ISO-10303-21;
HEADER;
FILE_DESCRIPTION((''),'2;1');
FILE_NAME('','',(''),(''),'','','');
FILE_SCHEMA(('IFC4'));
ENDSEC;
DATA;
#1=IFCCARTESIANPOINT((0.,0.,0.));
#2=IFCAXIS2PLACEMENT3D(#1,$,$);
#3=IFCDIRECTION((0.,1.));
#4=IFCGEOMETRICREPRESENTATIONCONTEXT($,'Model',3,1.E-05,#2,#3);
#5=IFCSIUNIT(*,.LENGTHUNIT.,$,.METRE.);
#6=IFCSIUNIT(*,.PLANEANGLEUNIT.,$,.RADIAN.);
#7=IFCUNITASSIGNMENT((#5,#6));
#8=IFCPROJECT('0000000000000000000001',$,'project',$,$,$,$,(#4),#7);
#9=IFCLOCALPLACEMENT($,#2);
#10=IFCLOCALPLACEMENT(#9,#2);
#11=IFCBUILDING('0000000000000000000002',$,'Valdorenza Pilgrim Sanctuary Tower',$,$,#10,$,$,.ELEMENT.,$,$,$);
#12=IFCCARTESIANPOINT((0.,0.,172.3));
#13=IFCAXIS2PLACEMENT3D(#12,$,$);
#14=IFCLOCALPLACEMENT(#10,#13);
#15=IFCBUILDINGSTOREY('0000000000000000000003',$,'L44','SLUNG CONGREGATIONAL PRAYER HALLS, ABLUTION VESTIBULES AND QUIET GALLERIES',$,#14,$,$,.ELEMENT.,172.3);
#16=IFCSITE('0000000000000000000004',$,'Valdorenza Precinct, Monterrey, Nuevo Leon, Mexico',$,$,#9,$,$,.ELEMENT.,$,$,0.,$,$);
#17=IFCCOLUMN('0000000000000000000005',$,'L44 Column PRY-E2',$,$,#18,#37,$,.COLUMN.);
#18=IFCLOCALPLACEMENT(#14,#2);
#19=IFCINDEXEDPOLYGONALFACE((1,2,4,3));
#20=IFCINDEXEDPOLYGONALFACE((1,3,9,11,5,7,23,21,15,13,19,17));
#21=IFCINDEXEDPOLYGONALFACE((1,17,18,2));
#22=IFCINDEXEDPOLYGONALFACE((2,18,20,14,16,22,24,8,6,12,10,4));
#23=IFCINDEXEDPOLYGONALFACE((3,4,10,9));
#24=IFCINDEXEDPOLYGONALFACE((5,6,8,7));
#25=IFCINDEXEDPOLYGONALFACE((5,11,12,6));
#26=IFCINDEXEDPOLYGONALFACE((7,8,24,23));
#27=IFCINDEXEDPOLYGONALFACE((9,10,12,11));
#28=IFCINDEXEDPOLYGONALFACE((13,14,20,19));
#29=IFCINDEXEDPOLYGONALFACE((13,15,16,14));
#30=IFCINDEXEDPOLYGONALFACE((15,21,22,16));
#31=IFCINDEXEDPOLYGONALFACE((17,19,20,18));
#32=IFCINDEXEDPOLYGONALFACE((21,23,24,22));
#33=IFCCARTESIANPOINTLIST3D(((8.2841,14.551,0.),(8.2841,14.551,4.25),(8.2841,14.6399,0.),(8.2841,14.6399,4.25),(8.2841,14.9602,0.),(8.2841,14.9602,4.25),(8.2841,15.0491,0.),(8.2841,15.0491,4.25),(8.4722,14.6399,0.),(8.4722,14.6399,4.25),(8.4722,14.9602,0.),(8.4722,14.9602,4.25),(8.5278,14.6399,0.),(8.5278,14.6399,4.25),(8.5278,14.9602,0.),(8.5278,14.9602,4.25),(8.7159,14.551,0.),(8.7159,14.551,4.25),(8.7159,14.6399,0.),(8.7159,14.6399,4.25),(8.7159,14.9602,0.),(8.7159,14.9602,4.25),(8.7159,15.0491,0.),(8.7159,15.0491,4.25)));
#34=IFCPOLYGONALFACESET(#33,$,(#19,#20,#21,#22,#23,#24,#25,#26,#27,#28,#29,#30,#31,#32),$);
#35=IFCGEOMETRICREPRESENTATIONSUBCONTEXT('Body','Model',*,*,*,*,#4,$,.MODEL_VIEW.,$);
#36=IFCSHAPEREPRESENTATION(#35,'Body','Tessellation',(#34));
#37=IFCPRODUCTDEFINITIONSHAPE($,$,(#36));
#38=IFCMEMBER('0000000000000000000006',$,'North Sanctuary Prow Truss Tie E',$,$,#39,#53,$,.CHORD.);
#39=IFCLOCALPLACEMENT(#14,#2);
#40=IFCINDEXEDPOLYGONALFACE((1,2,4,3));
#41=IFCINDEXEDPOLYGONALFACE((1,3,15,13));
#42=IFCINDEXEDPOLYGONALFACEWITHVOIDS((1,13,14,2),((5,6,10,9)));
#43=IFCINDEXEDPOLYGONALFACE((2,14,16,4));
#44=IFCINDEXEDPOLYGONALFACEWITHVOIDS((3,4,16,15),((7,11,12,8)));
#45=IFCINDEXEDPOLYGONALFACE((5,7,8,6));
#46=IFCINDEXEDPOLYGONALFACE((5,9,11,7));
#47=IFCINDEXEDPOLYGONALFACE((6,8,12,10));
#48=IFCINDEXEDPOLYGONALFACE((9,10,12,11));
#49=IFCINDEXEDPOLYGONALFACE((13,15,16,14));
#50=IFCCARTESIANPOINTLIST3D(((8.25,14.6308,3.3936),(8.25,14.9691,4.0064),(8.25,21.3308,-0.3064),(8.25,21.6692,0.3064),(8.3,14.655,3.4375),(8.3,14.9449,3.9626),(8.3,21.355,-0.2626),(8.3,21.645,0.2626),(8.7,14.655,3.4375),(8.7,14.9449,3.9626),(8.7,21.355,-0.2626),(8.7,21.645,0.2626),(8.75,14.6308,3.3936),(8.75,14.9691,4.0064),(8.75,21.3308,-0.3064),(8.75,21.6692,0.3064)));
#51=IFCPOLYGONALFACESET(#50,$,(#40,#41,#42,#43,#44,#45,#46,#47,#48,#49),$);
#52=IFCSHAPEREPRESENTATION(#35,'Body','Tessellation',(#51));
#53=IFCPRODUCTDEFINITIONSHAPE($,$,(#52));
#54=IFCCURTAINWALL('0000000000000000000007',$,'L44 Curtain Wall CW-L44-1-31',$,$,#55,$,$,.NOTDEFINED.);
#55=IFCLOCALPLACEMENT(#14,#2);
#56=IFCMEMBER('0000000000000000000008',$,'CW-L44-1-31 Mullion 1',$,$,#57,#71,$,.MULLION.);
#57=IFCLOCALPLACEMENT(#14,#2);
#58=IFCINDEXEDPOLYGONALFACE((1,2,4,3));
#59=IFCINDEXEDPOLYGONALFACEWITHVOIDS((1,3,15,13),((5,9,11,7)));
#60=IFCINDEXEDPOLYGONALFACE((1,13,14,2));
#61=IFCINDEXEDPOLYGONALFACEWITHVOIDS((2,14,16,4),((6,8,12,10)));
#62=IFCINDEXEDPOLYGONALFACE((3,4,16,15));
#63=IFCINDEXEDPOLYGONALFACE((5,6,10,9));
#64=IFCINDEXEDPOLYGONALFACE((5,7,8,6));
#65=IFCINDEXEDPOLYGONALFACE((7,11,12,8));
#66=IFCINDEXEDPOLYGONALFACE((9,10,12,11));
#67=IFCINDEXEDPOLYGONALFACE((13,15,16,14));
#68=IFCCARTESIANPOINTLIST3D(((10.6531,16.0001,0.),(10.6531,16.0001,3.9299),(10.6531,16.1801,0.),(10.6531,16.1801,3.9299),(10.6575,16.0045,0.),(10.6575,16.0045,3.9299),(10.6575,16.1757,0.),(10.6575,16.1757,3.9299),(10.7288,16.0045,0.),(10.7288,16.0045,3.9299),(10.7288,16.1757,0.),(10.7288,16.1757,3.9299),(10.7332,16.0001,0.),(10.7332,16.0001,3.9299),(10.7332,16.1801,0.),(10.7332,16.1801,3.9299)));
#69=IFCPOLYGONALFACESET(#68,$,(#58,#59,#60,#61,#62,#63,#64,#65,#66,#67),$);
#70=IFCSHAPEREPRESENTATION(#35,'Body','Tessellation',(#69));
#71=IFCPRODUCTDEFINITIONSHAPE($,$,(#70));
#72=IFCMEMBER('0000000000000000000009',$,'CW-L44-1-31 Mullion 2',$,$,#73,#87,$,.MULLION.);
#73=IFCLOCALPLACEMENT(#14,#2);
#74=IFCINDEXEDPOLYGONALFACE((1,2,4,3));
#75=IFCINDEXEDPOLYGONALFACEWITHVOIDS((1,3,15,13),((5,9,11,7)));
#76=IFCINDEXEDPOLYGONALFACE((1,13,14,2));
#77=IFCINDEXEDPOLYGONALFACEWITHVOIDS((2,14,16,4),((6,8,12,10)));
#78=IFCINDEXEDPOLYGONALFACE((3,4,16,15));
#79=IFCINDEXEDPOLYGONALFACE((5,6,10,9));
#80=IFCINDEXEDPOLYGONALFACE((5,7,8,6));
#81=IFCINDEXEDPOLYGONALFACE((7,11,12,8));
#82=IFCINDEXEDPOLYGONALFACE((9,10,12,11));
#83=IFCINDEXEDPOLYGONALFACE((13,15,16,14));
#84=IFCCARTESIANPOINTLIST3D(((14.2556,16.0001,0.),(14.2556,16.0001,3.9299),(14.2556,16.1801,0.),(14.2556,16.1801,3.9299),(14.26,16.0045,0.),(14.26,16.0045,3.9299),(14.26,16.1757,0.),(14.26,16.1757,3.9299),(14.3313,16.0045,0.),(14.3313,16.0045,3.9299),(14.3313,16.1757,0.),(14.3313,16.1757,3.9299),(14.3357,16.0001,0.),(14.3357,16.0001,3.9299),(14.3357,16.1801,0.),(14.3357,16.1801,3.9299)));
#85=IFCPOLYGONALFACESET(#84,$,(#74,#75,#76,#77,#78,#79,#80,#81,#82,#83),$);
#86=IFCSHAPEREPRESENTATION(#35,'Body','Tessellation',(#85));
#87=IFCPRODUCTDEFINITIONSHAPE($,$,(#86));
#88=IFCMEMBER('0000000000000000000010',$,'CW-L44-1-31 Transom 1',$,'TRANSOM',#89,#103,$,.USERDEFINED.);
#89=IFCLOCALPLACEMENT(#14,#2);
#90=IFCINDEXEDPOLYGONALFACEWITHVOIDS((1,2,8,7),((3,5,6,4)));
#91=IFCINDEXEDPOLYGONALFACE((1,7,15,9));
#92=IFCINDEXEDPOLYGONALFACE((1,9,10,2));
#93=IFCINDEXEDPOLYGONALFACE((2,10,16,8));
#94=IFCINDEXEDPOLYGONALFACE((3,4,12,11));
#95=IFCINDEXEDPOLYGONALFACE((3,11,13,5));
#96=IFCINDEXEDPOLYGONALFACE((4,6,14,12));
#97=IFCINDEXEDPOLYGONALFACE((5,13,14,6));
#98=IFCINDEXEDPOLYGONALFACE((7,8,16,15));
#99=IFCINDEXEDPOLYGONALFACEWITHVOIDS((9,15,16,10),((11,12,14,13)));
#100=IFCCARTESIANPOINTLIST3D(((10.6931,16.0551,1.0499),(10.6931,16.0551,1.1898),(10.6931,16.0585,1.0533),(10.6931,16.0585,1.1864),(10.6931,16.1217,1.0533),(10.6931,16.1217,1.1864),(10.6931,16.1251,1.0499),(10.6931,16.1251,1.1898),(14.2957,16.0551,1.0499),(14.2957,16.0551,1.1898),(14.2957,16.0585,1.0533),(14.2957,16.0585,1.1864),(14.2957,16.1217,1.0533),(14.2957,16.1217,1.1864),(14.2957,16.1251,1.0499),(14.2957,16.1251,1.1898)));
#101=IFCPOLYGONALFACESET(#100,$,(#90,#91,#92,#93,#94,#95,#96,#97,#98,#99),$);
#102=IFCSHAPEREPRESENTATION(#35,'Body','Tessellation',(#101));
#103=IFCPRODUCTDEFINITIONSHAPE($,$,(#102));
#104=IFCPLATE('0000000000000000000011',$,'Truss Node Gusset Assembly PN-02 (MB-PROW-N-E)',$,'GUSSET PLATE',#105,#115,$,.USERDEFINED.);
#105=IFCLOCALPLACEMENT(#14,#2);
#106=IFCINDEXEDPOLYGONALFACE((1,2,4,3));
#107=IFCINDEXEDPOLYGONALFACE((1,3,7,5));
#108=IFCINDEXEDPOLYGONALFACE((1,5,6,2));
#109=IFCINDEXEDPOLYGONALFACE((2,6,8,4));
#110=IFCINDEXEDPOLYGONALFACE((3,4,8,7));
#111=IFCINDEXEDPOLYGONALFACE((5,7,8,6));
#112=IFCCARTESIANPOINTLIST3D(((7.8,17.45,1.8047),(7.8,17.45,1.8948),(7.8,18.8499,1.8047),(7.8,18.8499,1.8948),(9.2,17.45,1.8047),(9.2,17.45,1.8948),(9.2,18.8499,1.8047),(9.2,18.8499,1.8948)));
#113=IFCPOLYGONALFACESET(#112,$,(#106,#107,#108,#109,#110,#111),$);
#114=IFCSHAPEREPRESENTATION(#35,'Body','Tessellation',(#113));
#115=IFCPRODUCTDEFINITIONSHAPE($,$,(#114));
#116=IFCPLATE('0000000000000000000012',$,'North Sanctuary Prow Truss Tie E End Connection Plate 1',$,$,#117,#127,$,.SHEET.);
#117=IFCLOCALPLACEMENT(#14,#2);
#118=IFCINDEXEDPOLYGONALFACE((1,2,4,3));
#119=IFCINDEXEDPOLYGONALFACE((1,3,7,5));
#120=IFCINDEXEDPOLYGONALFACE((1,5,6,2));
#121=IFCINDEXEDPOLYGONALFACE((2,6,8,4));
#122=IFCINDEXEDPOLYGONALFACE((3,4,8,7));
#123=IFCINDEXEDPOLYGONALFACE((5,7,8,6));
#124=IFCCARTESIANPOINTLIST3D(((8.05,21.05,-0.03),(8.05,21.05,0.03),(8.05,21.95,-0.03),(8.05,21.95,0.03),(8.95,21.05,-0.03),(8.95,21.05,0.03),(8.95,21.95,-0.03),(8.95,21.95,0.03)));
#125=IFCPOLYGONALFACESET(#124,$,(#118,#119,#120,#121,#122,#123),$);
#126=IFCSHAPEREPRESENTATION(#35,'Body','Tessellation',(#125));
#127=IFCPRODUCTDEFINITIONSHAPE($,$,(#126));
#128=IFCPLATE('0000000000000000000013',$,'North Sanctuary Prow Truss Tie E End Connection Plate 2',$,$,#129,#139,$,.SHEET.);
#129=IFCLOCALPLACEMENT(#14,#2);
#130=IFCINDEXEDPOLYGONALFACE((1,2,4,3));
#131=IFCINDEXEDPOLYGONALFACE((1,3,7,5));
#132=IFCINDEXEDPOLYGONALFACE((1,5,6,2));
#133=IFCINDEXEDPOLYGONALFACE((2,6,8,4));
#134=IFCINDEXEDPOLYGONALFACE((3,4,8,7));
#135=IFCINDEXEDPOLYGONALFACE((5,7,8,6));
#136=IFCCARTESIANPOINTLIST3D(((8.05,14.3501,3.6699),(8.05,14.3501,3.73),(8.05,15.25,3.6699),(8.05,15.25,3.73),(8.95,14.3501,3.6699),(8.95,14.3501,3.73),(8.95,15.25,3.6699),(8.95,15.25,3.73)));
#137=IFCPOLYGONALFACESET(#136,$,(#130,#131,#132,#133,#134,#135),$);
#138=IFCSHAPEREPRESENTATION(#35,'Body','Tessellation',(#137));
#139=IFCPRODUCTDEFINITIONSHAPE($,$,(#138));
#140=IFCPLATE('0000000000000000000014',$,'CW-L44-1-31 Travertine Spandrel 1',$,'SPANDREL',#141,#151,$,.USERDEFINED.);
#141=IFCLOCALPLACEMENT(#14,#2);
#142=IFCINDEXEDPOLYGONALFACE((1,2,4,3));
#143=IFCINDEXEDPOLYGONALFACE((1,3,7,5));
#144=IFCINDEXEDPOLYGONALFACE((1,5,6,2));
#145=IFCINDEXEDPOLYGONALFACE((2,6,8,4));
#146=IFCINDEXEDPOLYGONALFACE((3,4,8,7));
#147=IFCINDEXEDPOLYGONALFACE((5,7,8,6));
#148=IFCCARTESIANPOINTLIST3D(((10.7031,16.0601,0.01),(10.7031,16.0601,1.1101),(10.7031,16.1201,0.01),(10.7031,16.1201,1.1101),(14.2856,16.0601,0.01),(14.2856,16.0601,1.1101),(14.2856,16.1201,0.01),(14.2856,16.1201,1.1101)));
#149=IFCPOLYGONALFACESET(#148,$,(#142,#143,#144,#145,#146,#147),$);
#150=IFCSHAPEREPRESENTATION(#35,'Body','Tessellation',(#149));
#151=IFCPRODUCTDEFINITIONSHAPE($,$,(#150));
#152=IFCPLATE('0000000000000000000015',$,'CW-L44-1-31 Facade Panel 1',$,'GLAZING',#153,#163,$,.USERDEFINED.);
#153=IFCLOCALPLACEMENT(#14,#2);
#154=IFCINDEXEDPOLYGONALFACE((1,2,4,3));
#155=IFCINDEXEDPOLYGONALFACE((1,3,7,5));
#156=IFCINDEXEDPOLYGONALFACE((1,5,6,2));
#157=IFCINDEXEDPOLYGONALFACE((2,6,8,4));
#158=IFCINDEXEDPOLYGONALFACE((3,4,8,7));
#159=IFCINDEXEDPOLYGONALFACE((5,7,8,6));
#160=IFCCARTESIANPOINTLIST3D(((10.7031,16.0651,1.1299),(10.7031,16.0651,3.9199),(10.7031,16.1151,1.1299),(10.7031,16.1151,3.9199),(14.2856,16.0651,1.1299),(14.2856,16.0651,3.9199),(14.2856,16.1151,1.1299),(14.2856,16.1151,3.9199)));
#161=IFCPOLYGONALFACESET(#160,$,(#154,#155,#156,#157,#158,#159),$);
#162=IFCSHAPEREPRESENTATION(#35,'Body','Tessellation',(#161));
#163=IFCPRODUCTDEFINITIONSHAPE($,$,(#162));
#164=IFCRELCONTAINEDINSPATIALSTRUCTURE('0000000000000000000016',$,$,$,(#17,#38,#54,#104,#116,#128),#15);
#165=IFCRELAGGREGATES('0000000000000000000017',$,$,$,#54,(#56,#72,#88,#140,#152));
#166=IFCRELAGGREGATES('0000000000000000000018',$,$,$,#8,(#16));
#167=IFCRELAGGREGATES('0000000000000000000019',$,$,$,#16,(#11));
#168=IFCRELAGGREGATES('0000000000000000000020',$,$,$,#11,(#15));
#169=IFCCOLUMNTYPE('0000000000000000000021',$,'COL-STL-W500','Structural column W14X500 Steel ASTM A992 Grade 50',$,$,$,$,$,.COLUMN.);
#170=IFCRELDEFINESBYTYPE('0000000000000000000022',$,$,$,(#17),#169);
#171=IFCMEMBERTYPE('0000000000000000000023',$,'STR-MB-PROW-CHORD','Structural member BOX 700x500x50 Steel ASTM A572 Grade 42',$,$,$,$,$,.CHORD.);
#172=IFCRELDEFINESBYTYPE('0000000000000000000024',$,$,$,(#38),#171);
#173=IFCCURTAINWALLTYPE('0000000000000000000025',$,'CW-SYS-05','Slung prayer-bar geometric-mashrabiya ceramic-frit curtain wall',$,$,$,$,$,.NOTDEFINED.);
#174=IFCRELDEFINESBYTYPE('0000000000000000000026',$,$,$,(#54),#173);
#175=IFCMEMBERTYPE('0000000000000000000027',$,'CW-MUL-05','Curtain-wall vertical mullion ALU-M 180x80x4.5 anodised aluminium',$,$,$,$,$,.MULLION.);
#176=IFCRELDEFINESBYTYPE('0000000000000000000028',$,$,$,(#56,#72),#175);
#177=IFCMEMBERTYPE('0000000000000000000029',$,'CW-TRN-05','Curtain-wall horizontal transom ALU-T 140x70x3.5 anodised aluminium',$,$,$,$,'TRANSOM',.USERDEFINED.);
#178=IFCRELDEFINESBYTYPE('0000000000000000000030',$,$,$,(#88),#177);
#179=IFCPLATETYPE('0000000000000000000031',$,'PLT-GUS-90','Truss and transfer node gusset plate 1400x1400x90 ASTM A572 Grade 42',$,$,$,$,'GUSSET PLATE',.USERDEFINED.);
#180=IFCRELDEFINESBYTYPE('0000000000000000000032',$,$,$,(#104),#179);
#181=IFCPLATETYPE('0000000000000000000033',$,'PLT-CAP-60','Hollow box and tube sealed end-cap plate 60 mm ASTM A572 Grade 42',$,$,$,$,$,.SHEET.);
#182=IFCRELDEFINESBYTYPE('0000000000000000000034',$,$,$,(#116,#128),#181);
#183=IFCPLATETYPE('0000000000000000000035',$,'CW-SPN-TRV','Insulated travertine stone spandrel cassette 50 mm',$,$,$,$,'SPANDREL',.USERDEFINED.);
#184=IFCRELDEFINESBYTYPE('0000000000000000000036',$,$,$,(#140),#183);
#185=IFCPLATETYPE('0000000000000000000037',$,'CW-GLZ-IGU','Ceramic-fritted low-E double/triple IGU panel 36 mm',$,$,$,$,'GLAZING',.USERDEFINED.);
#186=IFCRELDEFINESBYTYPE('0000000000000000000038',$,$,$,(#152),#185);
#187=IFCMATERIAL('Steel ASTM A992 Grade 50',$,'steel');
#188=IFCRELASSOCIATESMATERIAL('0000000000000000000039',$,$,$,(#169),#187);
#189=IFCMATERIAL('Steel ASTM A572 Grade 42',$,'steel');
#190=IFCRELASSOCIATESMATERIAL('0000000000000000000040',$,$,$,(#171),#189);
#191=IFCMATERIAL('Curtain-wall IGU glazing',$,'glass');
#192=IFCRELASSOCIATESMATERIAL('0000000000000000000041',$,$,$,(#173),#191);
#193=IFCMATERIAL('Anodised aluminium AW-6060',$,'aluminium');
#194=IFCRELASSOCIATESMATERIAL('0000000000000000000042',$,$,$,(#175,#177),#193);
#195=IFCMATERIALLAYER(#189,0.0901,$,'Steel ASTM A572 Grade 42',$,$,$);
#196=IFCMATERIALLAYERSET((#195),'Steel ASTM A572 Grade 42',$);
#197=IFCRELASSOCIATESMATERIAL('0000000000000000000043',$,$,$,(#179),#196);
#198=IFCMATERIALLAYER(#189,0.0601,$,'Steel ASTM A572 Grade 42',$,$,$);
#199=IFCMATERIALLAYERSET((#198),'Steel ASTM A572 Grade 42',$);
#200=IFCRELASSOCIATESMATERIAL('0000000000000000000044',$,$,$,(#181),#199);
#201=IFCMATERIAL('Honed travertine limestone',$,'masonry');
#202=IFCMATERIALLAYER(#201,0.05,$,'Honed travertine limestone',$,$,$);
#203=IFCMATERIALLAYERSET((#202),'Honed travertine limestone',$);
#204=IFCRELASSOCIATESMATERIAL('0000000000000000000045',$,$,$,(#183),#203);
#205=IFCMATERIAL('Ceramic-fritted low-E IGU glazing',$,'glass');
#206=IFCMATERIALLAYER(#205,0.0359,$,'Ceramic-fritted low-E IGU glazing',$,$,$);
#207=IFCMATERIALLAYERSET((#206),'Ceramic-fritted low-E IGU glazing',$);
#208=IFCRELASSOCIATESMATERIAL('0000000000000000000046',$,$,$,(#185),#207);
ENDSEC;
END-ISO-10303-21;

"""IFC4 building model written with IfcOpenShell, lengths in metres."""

from ifc_helpers import new_model, si_unit, direction, frame, origin, origin_2d, place, context, subcontext, project, spatial, rectangle, hollow_rectangle, i_section, extrude, source, transform, mapped, material, layer, layer_set, material_profile, profile_set, type_object, element, aggregate, save


model = new_model("IFC4")

# Units and contexts
model_context = context("Model", 3, precision=1e-05, world=origin(), true_north=direction((0.0, 1.0)))
body_context = subcontext(model_context, "Body", "Model", "MODEL_VIEW")
ifc_project = project(units=[si_unit("LENGTHUNIT", "METRE"), si_unit("PLANEANGLEUNIT", "RADIAN")], contexts=[model_context])

# Site, building, storey
site_placement = place(None, origin())
site = spatial("IfcSite", under=ifc_project, at=site_placement, Name="Valdorenza Precinct, Monterrey, Nuevo Leon, Mexico", CompositionType="ELEMENT", RefElevation=0.0)
building_placement = place(site_placement, origin())
building = spatial("IfcBuilding", under=site, at=building_placement, Name="Valdorenza Pilgrim Sanctuary Tower", CompositionType="ELEMENT")
storey_placement = place(building_placement, frame((0.0, 0.0, 172.3)))
storey = spatial("IfcBuildingStorey", under=building, at=storey_placement, Name="L44", Description="SLUNG CONGREGATIONAL PRAYER HALLS, ABLUTION VESTIBULES AND QUIET GALLERIES", CompositionType="ELEMENT", Elevation=172.3)

# Column
ifc_material_1 = material(Name="Steel ASTM A992 Grade 50", Category="steel")
ifc_material_profile_1 = material_profile(ifc_material_1, i_section(OverallWidth=0.4319, OverallDepth=0.498, WebThickness=0.0557, FlangeThickness=0.0889, at=origin_2d()), Name="W14X500")
ifc_profile_set_1 = profile_set([ifc_material_profile_1], Name="Steel ASTM A992 Grade 50")
column_type = type_object("IfcColumnType", Name="COL-STL-W500", Description="Structural column W14X500 Steel ASTM A992 Grade 50", PredefinedType="COLUMN", material=ifc_profile_set_1)
shared_shape_1 = source(origin(), body_context, "Body", "SweptSolid", [
    extrude(i_section(OverallWidth=0.4319, OverallDepth=0.498, WebThickness=0.0557, FlangeThickness=0.0889, at=origin_2d()), origin(), (0.0, 0.0, 1.0), 4.25),
])
column_placement = place(storey_placement, frame((8.5, 14.8, 0.0), z_axis=(0.0, 0.0, 1.0), x_axis=(1.0, 0.0, 0.0)))
element("IfcColumn", 1, at=column_placement, inside=storey, type_object=column_type, Name="L44 Column PRY-E2", PredefinedType="COLUMN", context=body_context, shape_type="MappedRepresentation", body=[
    mapped(shared_shape_1, transform((0.0, 0.0, 0.0), x_axis=(1.0, 0.0, 0.0), y_axis=(0.0, 1.0, 0.0), z_axis=(0.0, 0.0, 1.0), scale=1.0)),
])

# Member
ifc_material_2 = material(Name="Steel ASTM A572 Grade 42", Category="steel")
ifc_material_profile_2 = material_profile(ifc_material_2, hollow_rectangle(XDim=0.5, YDim=0.7, WallThickness=0.05, at=origin_2d()), Name="BOX 700x500x50")
ifc_profile_set_2 = profile_set([ifc_material_profile_2], Name="Steel ASTM A572 Grade 42")
member_type_1 = type_object("IfcMemberType", Name="STR-MB-PROW-CHORD", Description="Structural member BOX 700x500x50 Steel ASTM A572 Grade 42", PredefinedType="CHORD", material=ifc_profile_set_2)
shared_shape_2 = source(origin(), body_context, "Body", "SweptSolid", [
    extrude(hollow_rectangle(XDim=0.5, YDim=0.7, WallThickness=0.05, at=origin_2d()), origin(), (0.0, 0.0, 1.0), 7.6538),
])
member_1_placement = place(storey_placement, frame((8.5, 21.5, 0.0), z_axis=(0.0, -0.875388, 0.483421), x_axis=(1.0, 0.0, 0.0)))
element("IfcMember", 2, at=member_1_placement, inside=storey, type_object=member_type_1, Name="North Sanctuary Prow Truss Tie E", PredefinedType="CHORD", context=body_context, shape_type="MappedRepresentation", body=[
    mapped(shared_shape_2, transform((0.0, 0.0, 0.0), x_axis=(1.0, 0.0, 0.0), y_axis=(0.0, 1.0, 0.0), z_axis=(0.0, 0.0, 1.0), scale=1.0)),
])

# Curtain wall, members
ifc_material_3 = material(Name="Curtain-wall IGU glazing", Category="glass")
curtain_wall_type = type_object("IfcCurtainWallType", Name="CW-SYS-05", Description="Slung prayer-bar geometric-mashrabiya ceramic-frit curtain wall", PredefinedType="NOTDEFINED", material=ifc_material_3)
curtain_wall_placement = place(storey_placement, origin())
curtain_wall = element("IfcCurtainWall", 3, at=curtain_wall_placement, inside=storey, type_object=curtain_wall_type, Name="L44 Curtain Wall CW-L44-1-31", PredefinedType="NOTDEFINED")
ifc_material_4 = material(Name="Anodised aluminium AW-6060", Category="aluminium")
ifc_material_profile_3 = material_profile(ifc_material_4, hollow_rectangle(XDim=0.0801, YDim=0.1799, WallThickness=0.0044, at=origin_2d()), Name="ALU-M 180x80x4.5")
ifc_profile_set_3 = profile_set([ifc_material_profile_3], Name="Anodised aluminium AW-6060")
member_type_2 = type_object("IfcMemberType", Name="CW-MUL-05", Description="Curtain-wall vertical mullion ALU-M 180x80x4.5 anodised aluminium", PredefinedType="MULLION", material=ifc_profile_set_3)
shared_shape_3 = source(origin(), body_context, "Body", "SweptSolid", [
    extrude(hollow_rectangle(XDim=0.0801, YDim=0.1799, WallThickness=0.0044, at=origin_2d()), origin(), (0.0, 0.0, 1.0), 3.9299),
])
member_2_placement = place(storey_placement, frame((10.6931, 16.0901, 0.0), z_axis=(0.0, 0.0, 1.0), x_axis=(1.0, 0.0, 0.0)))
member_2 = element("IfcMember", 4, at=member_2_placement, type_object=member_type_2, Name="CW-L44-1-31 Mullion 1", PredefinedType="MULLION", context=body_context, shape_type="MappedRepresentation", body=[
    mapped(shared_shape_3, transform((0.0, 0.0, 0.0), x_axis=(1.0, 0.0, 0.0), y_axis=(0.0, 1.0, 0.0), z_axis=(0.0, 0.0, 1.0), scale=1.0)),
])
member_3_placement = place(storey_placement, frame((14.2957, 16.0901, 0.0), z_axis=(0.0, 0.0, 1.0), x_axis=(1.0, 0.0, 0.0)))
member_3 = element("IfcMember", 5, at=member_3_placement, type_object=member_type_2, Name="CW-L44-1-31 Mullion 2", PredefinedType="MULLION", context=body_context, shape_type="MappedRepresentation", body=[
    mapped(shared_shape_3, transform((0.0, 0.0, 0.0), x_axis=(1.0, 0.0, 0.0), y_axis=(0.0, 1.0, 0.0), z_axis=(0.0, 0.0, 1.0), scale=1.0)),
])
ifc_material_profile_4 = material_profile(ifc_material_4, hollow_rectangle(XDim=0.0701, YDim=0.1399, WallThickness=0.0034, at=origin_2d()), Name="ALU-T 140x70x3.5")
ifc_profile_set_4 = profile_set([ifc_material_profile_4], Name="Anodised aluminium AW-6060")
member_type_3 = type_object("IfcMemberType", Name="CW-TRN-05", Description="Curtain-wall horizontal transom ALU-T 140x70x3.5 anodised aluminium", ElementType="TRANSOM", PredefinedType="USERDEFINED", material=ifc_profile_set_4)
shared_shape_4 = source(origin(), body_context, "Body", "SweptSolid", [
    extrude(hollow_rectangle(XDim=0.0701, YDim=0.1399, WallThickness=0.0034, at=origin_2d()), origin(), (0.0, 0.0, 1.0), 3.6025),
])
member_4_placement = place(storey_placement, frame((10.6931, 16.0901, 1.1199), z_axis=(1.0, 0.0, 0.0), x_axis=(0.0, 1.0, 0.0)))
member_4 = element("IfcMember", 6, at=member_4_placement, type_object=member_type_3, Name="CW-L44-1-31 Transom 1", ObjectType="TRANSOM", PredefinedType="USERDEFINED", context=body_context, shape_type="MappedRepresentation", body=[
    mapped(shared_shape_4, transform((0.0, 0.0, 0.0), x_axis=(1.0, 0.0, 0.0), y_axis=(0.0, 1.0, 0.0), z_axis=(0.0, 0.0, 1.0), scale=1.0)),
])

# Plates
ifc_layer_1 = layer(ifc_material_2, 0.0901, Name="Steel ASTM A572 Grade 42")
ifc_layer_set_1 = layer_set([ifc_layer_1], Name="Steel ASTM A572 Grade 42")
plate_type_1 = type_object("IfcPlateType", Name="PLT-GUS-90", Description="Truss and transfer node gusset plate 1400x1400x90 ASTM A572 Grade 42", ElementType="GUSSET PLATE", PredefinedType="USERDEFINED", material=ifc_layer_set_1)
shared_shape_5 = source(origin(), body_context, "Body", "SweptSolid", [
    extrude(rectangle(XDim=1.3999, YDim=1.3999, at=origin_2d()), origin(), (0.0, 0.0, 1.0), 0.0901),
])
plate_1_placement = place(storey_placement, frame((8.5, 18.1499, 1.8047), z_axis=(0.0, 0.0, 1.0), x_axis=(1.0, 0.0, 0.0)))
element("IfcPlate", 7, at=plate_1_placement, inside=storey, type_object=plate_type_1, Name="Truss Node Gusset Assembly PN-02 (MB-PROW-N-E)", ObjectType="GUSSET PLATE", PredefinedType="USERDEFINED", context=body_context, shape_type="MappedRepresentation", body=[
    mapped(shared_shape_5, transform((0.0, 0.0, 0.0), x_axis=(1.0, 0.0, 0.0), y_axis=(0.0, 1.0, 0.0), z_axis=(0.0, 0.0, 1.0), scale=1.0)),
])
ifc_layer_2 = layer(ifc_material_2, 0.0601, Name="Steel ASTM A572 Grade 42")
ifc_layer_set_2 = layer_set([ifc_layer_2], Name="Steel ASTM A572 Grade 42")
plate_type_2 = type_object("IfcPlateType", Name="PLT-CAP-60", Description="Hollow box and tube sealed end-cap plate 60 mm ASTM A572 Grade 42", PredefinedType="SHEET", material=ifc_layer_set_2)
shared_shape_6 = source(origin(), body_context, "Body", "SweptSolid", [
    extrude(rectangle(XDim=0.8999, YDim=0.8999, at=origin_2d()), origin(), (0.0, 0.0, 1.0), 0.0601),
])
for number, where, z_axis, x_axis, name in (
    (8, (8.5, 21.5, -0.03), (0.0, 0.0, 1.0), (1.0, 0.0, 0.0), "North Sanctuary Prow Truss Tie E End Connection Plate 1"),
    (9, (8.5, 14.8, 3.6699), (0.0, 0.0, 1.0), (1.0, 0.0, 0.0), "North Sanctuary Prow Truss Tie E End Connection Plate 2"),
):
    element("IfcPlate", number, at=place(storey_placement, frame(where, z_axis=z_axis, x_axis=x_axis)), inside=storey, type_object=plate_type_2, Name=name, PredefinedType="SHEET", context=body_context, shape_type="MappedRepresentation", body=[
        mapped(shared_shape_6, transform((0.0, 0.0, 0.0), x_axis=(1.0, 0.0, 0.0), y_axis=(0.0, 1.0, 0.0), z_axis=(0.0, 0.0, 1.0), scale=1.0)),
    ])

# Plates
ifc_material_5 = material(Name="Honed travertine limestone", Category="masonry")
ifc_layer_3 = layer(ifc_material_5, 0.05, Name="Honed travertine limestone")
ifc_layer_set_3 = layer_set([ifc_layer_3], Name="Honed travertine limestone")
plate_type_3 = type_object("IfcPlateType", Name="CW-SPN-TRV", Description="Insulated travertine stone spandrel cassette 50 mm", ElementType="SPANDREL", PredefinedType="USERDEFINED", material=ifc_layer_set_3)
shared_shape_7 = source(origin(), body_context, "Body", "SweptSolid", [
    extrude(rectangle(XDim=3.5825, YDim=0.0601, at=origin_2d()), origin(), (0.0, 0.0, 1.0), 1.1001),
])
plate_2_placement = place(storey_placement, frame((12.4944, 16.0901, 0.01), z_axis=(0.0, 0.0, 1.0), x_axis=(1.0, 0.0, 0.0)))
plate_2 = element("IfcPlate", 10, at=plate_2_placement, type_object=plate_type_3, Name="CW-L44-1-31 Travertine Spandrel 1", ObjectType="SPANDREL", PredefinedType="USERDEFINED", context=body_context, shape_type="MappedRepresentation", body=[
    mapped(shared_shape_7, transform((0.0, 0.0, 0.0), x_axis=(1.0, 0.0, 0.0), y_axis=(0.0, 1.0, 0.0), z_axis=(0.0, 0.0, 1.0), scale=1.0)),
])
ifc_material_6 = material(Name="Ceramic-fritted low-E IGU glazing", Category="glass")
ifc_layer_4 = layer(ifc_material_6, 0.0359, Name="Ceramic-fritted low-E IGU glazing")
ifc_layer_set_4 = layer_set([ifc_layer_4], Name="Ceramic-fritted low-E IGU glazing")
plate_type_4 = type_object("IfcPlateType", Name="CW-GLZ-IGU", Description="Ceramic-fritted low-E double/triple IGU panel 36 mm", ElementType="GLAZING", PredefinedType="USERDEFINED", material=ifc_layer_set_4)
shared_shape_8 = source(origin(), body_context, "Body", "SweptSolid", [
    extrude(rectangle(XDim=3.5825, YDim=0.05, at=origin_2d()), origin(), (0.0, 0.0, 1.0), 2.79),
])
plate_3_placement = place(storey_placement, frame((12.4944, 16.0901, 1.1299), z_axis=(0.0, 0.0, 1.0), x_axis=(1.0, 0.0, 0.0)))
plate_3 = element("IfcPlate", 11, at=plate_3_placement, type_object=plate_type_4, Name="CW-L44-1-31 Facade Panel 1", ObjectType="GLAZING", PredefinedType="USERDEFINED", context=body_context, shape_type="MappedRepresentation", body=[
    mapped(shared_shape_8, transform((0.0, 0.0, 0.0), x_axis=(1.0, 0.0, 0.0), y_axis=(0.0, 1.0, 0.0), z_axis=(0.0, 0.0, 1.0), scale=1.0)),
])
aggregate(curtain_wall, [member_2, member_3, member_4, plate_2, plate_3])

save(model, "model.ifc")
